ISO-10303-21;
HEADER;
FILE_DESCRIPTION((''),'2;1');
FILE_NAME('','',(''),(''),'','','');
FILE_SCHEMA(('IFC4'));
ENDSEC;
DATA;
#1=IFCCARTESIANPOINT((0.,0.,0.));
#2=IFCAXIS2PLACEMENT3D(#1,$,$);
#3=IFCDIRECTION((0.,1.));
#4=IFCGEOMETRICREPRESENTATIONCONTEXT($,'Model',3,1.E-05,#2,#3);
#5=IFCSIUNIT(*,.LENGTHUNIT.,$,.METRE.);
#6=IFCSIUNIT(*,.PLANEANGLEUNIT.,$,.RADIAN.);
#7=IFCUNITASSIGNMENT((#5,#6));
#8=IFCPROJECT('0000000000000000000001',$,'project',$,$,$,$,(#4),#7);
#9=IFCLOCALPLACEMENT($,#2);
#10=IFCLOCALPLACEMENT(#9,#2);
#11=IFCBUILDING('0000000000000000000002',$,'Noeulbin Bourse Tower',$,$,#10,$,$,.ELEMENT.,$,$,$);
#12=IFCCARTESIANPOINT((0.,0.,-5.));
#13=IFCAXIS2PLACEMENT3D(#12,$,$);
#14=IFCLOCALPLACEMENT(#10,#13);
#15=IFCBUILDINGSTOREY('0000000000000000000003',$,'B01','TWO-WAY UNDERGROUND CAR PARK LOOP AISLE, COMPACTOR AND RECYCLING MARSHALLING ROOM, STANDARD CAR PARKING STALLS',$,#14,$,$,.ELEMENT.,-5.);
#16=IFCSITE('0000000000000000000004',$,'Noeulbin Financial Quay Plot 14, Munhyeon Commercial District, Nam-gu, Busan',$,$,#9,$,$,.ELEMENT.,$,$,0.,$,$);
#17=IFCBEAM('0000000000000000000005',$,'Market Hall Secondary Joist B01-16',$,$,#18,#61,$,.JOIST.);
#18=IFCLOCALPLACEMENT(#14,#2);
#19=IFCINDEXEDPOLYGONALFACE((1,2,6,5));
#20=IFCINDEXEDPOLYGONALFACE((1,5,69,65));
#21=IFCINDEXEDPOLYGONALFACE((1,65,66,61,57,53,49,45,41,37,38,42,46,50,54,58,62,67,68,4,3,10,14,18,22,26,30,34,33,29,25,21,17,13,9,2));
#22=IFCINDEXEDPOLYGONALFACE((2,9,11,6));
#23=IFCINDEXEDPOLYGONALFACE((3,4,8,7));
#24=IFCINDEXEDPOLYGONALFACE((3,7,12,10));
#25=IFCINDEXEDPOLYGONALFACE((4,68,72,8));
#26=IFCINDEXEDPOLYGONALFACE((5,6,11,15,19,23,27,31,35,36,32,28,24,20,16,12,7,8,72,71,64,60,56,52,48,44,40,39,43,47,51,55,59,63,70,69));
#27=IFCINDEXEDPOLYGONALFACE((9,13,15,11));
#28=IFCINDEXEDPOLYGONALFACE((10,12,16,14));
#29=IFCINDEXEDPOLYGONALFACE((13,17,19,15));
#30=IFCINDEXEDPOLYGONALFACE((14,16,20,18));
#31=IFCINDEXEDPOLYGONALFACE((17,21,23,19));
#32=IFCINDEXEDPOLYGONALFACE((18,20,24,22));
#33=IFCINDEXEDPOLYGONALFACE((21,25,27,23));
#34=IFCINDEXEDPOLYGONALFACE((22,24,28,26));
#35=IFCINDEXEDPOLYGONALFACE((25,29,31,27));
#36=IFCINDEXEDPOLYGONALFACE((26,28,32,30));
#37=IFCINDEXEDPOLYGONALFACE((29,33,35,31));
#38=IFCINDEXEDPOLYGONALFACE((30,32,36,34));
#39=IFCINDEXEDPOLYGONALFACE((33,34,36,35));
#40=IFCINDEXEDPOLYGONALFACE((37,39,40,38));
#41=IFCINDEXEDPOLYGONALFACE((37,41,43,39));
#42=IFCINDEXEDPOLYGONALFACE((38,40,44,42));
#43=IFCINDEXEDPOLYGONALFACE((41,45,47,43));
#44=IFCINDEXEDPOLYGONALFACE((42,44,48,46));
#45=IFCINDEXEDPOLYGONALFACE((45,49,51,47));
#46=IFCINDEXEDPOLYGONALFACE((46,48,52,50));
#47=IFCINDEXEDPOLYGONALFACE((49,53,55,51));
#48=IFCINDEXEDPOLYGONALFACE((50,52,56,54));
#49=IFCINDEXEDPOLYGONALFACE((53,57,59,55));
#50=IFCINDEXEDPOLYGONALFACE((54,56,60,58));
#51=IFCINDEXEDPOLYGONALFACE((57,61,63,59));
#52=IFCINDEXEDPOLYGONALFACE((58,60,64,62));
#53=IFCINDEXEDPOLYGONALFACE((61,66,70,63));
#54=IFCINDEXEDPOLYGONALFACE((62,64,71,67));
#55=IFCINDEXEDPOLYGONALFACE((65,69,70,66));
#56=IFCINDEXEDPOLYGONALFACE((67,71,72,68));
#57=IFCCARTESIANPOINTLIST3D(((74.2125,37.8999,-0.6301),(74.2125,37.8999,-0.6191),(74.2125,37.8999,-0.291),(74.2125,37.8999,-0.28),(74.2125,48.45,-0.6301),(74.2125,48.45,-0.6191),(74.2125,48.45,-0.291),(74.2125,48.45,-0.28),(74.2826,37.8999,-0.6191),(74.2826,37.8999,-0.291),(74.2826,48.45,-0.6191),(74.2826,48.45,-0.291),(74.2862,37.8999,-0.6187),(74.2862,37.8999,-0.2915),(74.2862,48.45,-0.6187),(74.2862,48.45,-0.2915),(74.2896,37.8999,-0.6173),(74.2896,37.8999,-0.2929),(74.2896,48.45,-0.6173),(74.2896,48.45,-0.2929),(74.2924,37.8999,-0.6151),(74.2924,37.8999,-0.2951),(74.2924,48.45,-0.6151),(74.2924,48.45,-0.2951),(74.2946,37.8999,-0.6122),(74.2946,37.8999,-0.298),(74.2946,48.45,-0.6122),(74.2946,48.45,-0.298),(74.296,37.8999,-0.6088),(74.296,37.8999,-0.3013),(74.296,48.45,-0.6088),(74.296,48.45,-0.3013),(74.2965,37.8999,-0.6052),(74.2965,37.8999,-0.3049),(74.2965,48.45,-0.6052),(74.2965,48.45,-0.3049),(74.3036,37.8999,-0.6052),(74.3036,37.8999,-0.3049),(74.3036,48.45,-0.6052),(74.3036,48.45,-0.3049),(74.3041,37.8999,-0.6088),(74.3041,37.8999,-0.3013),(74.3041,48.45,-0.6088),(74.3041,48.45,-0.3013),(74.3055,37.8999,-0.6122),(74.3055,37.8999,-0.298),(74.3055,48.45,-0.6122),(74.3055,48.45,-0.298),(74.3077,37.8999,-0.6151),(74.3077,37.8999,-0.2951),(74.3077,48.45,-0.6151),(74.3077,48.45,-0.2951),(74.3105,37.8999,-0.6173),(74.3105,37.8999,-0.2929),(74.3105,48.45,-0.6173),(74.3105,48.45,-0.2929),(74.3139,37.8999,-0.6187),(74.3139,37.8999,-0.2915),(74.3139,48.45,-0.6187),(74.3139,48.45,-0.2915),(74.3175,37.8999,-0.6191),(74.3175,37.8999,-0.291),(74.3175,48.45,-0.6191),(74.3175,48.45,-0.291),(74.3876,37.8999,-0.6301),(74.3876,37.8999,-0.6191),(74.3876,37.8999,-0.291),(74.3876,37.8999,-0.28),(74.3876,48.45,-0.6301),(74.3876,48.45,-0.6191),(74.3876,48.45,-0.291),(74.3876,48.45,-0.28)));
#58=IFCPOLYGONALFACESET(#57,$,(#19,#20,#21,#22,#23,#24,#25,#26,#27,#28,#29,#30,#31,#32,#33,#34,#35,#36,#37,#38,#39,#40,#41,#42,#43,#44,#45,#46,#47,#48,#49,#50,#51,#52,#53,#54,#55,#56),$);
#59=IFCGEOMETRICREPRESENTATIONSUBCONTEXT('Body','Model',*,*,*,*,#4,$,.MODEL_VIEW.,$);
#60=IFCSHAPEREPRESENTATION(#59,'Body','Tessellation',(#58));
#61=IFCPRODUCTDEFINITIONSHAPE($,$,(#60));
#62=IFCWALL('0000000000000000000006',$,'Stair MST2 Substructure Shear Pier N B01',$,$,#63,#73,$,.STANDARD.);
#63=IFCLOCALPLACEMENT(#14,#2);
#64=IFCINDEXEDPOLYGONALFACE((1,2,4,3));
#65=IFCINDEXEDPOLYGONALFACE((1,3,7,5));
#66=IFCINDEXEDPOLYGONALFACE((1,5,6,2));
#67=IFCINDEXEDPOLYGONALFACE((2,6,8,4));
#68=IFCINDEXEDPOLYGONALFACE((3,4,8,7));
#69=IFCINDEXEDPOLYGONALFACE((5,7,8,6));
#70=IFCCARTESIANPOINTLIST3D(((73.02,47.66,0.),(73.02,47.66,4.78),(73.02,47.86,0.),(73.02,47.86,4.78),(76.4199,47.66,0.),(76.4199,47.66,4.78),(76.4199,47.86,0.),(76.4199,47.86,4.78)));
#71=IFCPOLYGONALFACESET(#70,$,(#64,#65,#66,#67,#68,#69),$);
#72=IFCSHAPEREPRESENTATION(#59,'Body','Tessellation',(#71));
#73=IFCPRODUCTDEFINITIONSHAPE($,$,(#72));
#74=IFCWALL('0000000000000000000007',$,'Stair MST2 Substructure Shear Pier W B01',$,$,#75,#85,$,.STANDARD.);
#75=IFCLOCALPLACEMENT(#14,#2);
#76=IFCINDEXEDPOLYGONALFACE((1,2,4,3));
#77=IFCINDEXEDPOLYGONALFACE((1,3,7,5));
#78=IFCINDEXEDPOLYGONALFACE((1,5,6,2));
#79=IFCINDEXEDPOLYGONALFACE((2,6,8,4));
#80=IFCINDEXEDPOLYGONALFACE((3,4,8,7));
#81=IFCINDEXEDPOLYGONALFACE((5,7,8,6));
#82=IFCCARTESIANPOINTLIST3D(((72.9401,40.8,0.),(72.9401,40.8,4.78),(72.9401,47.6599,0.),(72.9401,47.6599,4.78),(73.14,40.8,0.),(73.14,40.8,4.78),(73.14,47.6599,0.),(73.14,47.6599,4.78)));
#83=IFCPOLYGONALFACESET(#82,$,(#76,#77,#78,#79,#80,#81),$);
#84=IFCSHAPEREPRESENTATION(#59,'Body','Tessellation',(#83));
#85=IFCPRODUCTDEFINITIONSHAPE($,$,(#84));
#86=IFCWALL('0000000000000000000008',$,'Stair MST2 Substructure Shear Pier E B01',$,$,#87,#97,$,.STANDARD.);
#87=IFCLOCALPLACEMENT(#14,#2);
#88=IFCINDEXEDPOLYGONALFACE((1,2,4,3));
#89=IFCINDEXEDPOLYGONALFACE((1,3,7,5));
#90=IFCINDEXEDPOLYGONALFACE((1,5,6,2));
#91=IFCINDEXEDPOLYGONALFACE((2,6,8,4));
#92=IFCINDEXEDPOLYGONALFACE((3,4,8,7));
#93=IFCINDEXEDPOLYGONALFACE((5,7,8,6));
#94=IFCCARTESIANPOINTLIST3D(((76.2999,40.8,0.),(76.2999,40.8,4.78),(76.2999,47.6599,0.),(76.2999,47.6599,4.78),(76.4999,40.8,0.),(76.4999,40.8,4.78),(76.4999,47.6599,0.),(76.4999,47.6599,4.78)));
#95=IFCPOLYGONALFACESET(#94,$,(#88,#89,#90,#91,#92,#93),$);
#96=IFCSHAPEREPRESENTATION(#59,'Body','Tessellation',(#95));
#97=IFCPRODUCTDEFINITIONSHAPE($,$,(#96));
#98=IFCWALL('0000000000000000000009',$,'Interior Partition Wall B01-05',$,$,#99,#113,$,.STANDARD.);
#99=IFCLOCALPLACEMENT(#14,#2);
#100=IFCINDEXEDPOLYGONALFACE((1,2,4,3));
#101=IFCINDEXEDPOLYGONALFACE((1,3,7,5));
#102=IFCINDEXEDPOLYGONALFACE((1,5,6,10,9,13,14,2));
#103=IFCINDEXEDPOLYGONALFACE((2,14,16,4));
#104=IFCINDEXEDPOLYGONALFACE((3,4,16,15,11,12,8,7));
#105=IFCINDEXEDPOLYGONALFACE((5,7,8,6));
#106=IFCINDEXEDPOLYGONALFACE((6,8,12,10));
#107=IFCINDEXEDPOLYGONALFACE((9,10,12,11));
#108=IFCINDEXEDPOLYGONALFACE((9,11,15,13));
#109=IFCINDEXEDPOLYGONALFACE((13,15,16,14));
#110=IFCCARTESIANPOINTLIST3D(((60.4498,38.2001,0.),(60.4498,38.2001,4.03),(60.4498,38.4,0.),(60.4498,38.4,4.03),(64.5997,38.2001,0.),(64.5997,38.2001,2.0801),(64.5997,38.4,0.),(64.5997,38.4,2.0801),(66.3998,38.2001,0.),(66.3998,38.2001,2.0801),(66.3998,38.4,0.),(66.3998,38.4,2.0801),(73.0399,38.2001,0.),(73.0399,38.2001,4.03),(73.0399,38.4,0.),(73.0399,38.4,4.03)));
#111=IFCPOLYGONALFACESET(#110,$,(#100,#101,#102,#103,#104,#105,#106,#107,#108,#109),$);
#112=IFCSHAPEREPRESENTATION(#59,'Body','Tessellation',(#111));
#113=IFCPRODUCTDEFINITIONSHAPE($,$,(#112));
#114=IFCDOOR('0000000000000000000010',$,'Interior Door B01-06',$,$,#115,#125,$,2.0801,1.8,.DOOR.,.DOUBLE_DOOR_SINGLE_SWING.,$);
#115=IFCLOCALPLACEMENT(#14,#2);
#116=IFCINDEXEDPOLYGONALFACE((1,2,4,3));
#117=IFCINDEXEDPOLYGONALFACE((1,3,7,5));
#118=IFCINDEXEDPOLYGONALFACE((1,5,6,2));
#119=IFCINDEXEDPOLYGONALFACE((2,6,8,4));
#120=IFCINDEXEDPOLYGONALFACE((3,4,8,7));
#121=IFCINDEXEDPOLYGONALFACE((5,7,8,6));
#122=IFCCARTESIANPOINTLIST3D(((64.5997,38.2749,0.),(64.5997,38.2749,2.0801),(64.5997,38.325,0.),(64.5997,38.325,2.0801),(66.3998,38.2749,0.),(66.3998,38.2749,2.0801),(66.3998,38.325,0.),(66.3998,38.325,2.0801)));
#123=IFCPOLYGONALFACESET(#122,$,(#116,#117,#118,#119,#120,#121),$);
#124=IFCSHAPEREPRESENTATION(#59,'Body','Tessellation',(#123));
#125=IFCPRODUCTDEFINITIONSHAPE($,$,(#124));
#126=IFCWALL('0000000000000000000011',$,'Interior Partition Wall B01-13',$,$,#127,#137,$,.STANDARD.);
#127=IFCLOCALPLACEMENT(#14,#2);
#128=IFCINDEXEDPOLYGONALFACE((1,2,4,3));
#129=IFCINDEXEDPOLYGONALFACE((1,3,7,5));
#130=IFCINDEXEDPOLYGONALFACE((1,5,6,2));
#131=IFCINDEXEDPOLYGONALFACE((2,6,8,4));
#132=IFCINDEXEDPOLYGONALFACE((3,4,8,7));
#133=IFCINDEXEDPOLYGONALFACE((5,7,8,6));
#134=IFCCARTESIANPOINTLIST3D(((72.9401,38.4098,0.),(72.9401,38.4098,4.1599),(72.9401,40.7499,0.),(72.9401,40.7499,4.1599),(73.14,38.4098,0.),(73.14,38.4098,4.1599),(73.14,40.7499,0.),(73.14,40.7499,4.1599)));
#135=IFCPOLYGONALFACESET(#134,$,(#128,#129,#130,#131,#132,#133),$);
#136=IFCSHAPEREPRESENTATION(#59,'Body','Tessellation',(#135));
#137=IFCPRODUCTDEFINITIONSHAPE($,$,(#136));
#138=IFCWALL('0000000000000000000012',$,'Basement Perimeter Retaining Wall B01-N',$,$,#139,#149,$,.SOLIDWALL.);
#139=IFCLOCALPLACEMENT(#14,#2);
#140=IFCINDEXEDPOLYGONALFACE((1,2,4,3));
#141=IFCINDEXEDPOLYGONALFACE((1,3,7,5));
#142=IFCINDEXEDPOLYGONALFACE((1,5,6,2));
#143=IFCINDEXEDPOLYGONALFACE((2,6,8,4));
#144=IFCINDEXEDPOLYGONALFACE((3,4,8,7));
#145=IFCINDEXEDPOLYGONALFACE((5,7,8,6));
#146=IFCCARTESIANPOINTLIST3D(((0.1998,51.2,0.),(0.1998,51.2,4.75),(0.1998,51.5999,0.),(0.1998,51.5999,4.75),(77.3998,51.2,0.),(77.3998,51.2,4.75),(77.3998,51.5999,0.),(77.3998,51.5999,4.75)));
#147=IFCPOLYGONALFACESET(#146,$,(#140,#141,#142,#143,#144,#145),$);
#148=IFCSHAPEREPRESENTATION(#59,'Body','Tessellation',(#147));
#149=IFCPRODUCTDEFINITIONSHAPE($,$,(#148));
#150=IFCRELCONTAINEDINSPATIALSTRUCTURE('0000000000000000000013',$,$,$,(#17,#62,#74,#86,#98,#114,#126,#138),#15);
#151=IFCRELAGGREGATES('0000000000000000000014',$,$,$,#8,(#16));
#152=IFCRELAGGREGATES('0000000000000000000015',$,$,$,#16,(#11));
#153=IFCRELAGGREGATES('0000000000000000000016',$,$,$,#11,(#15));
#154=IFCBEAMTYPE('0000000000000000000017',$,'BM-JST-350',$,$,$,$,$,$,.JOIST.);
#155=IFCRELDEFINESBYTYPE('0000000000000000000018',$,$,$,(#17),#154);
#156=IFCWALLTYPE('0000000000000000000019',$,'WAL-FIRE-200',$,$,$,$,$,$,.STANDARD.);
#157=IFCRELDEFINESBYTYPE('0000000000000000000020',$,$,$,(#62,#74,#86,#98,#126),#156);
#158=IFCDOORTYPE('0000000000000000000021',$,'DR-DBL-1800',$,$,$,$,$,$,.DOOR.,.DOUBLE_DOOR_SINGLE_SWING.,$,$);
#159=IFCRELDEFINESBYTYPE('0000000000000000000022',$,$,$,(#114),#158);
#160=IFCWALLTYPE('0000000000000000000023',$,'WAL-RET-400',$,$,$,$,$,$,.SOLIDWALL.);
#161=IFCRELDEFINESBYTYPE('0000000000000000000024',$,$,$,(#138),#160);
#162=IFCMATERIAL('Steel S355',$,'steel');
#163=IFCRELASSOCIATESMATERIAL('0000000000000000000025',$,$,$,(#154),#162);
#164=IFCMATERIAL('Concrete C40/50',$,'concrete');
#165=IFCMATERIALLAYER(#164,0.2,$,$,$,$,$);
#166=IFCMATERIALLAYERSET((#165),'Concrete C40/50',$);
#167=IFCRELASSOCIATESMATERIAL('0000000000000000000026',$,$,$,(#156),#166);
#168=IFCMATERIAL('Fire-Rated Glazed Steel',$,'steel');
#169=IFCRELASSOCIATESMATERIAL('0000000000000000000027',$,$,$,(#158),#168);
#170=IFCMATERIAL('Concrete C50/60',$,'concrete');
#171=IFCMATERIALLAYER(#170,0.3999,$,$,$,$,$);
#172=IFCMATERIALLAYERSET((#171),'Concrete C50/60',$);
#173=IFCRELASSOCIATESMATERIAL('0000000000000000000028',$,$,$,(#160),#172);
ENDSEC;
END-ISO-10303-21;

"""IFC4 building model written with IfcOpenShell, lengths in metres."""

from ifc_helpers import new_model, si_unit, direction, frame, frame_2d, origin, origin_2d, place, context, subcontext, project, spatial, rectangle, i_section, extrude, material, layer, layer_set, material_profile, profile_set, type_object, element, fill, save


model = new_model("IFC4")

# Units and contexts
model_context = context("Model", 3, precision=1e-05, world=origin(), true_north=direction((0.0, 1.0)))
body_context = subcontext(model_context, "Body", "Model", "MODEL_VIEW")
ifc_project = project(units=[si_unit("LENGTHUNIT", "METRE"), si_unit("PLANEANGLEUNIT", "RADIAN")], contexts=[model_context])

# Site, building, storey
site_placement = place(None, origin())
site = spatial("IfcSite", under=ifc_project, at=site_placement, Name="Noeulbin Financial Quay Plot 14, Munhyeon Commercial District, Nam-gu, Busan", CompositionType="ELEMENT", RefElevation=0.0)
building_placement = place(site_placement, origin())
building = spatial("IfcBuilding", under=site, at=building_placement, Name="Noeulbin Bourse Tower", CompositionType="ELEMENT")
storey_placement = place(building_placement, frame((0.0, 0.0, -5.0)))
storey = spatial("IfcBuildingStorey", under=building, at=storey_placement, Name="B01", Description="TWO-WAY UNDERGROUND CAR PARK LOOP AISLE, COMPACTOR AND RECYCLING MARSHALLING ROOM, STANDARD CAR PARKING STALLS", CompositionType="ELEMENT", Elevation=-5.0)

# Shared definitions
ifc_material_1 = material(Name="Concrete C40/50", Category="concrete")
ifc_material_2 = material(Name="Concrete C50/60", Category="concrete")

# Beam
ifc_material_3 = material(Name="Steel S355", Category="steel")
ifc_material_profile_1 = material_profile(ifc_material_3, i_section(OverallWidth=0.175, OverallDepth=0.3501, WebThickness=0.0071, FlangeThickness=0.011, FilletRadius=0.0139, at=origin_2d()), Name="H-350x175x7x11", Category="LoadBearing")
ifc_profile_set_1 = profile_set([ifc_material_profile_1], Name="Steel S355")
beam_type_1 = type_object("IfcBeamType", Name="BM-JST-350", PredefinedType="JOIST", material=ifc_profile_set_1)
for number, where, z_axis, x_axis, name in (
    (1, (74.3, 37.8999, -0.4551), (0.0, 1.0, 0.0), (-1.0, 0.0, 0.0), "Market Hall Secondary Joist B01-16"),
):
    element("IfcBeam", number, at=place(storey_placement, frame(where, z_axis=z_axis, x_axis=x_axis)), inside=storey, type_object=beam_type_1, Name=name, PredefinedType="JOIST", context=body_context, shape_type="SweptSolid", body=[
        extrude(i_section(OverallWidth=0.175, OverallDepth=0.3501, WebThickness=0.0071, FlangeThickness=0.011, FilletRadius=0.0139, at=origin_2d()), origin(), (0.0, 0.0, 1.0), 10.55),
    ])

# Walls
ifc_layer_1 = layer(ifc_material_1, 0.2)
ifc_layer_set_1 = layer_set([ifc_layer_1], Name="Concrete C40/50")
wall_type_1 = type_object("IfcWallType", Name="WAL-FIRE-200", PredefinedType="STANDARD", material=ifc_layer_set_1)
wall_1_placement = place(storey_placement, frame((73.02, 47.76, 0.0), z_axis=(0.0, 0.0, 1.0), x_axis=(1.0, 0.0, 0.0)))
element("IfcWall", 2, at=wall_1_placement, inside=storey, type_object=wall_type_1, Name="Stair MST2 Substructure Shear Pier N B01", PredefinedType="STANDARD", context=body_context, shape_type="SweptSolid", body=[
    extrude(rectangle(XDim=3.3999, YDim=0.2, at=frame_2d((1.7, 0.0))), origin(), (0.0, 0.0, 1.0), 4.78),
])
for number, where, z_axis, x_axis, name in (
    (3, (73.04, 40.8, 0.0), (0.0, 0.0, 1.0), (0.0, 1.0, 0.0), "Stair MST2 Substructure Shear Pier W B01"),
    (4, (76.3999, 40.8, 0.0), (0.0, 0.0, 1.0), (0.0, 1.0, 0.0), "Stair MST2 Substructure Shear Pier E B01"),
):
    element("IfcWall", number, at=place(storey_placement, frame(where, z_axis=z_axis, x_axis=x_axis)), inside=storey, type_object=wall_type_1, Name=name, PredefinedType="STANDARD", context=body_context, shape_type="SweptSolid", body=[
        extrude(rectangle(XDim=6.8599, YDim=0.2, at=frame_2d((3.4299, 0.0))), origin(), (0.0, 0.0, 1.0), 4.78),
    ])

# Wall, opening, door
wall_2_placement = place(storey_placement, frame((60.45, 38.3, 0.0), z_axis=(0.0, 0.0, 1.0), x_axis=(1.0, 0.0, 0.0)))
wall_2 = element("IfcWall", 5, at=wall_2_placement, inside=storey, type_object=wall_type_1, Name="Interior Partition Wall B01-05", PredefinedType="STANDARD", context=body_context, shape_type="SweptSolid", body=[
    extrude(rectangle(XDim=12.5901, YDim=0.2, at=frame_2d((6.2949, 0.0))), origin(), (0.0, 0.0, 1.0), 4.03),
])
opening_placement = place(wall_2_placement, frame((4.1499, 0.0, 0.0)))
opening = element("IfcOpeningElement", 6, at=opening_placement, cuts=wall_2, PredefinedType="OPENING", context=body_context, shape_type="SweptSolid", body=[
    extrude(rectangle(XDim=1.8, YDim=2.0801, at=frame_2d((0.8999, 1.04))), frame((0.0, 0.1099, 0.0), z_axis=(0.0, -1.0, 0.0), x_axis=(1.0, 0.0, 0.0)), (0.0, 0.0, 1.0), 0.22),
])
ifc_material_4 = material(Name="Fire-Rated Glazed Steel", Category="steel")
door_type = type_object("IfcDoorType", Name="DR-DBL-1800", OperationType="DOUBLE_DOOR_SINGLE_SWING", PredefinedType="DOOR", material=ifc_material_4)
door_placement = place(opening_placement, origin())
door = element("IfcDoor", 7, at=door_placement, inside=storey, type_object=door_type, Name="Interior Door B01-06", OperationType="DOUBLE_DOOR_SINGLE_SWING", OverallHeight=2.0801, OverallWidth=1.8, PredefinedType="DOOR", context=body_context, shape_type="SweptSolid", body=[
    extrude(rectangle(XDim=1.8, YDim=2.0801, at=frame_2d((0.8999, 1.04))), frame((0.0, 0.0249, 0.0), z_axis=(0.0, -1.0, 0.0), x_axis=(1.0, 0.0, 0.0)), (0.0, 0.0, 1.0), 0.05),
])
fill(opening, door)

# Walls
wall_3_placement = place(storey_placement, frame((73.04, 38.4099, 0.0), z_axis=(0.0, 0.0, 1.0), x_axis=(0.0, 1.0, 0.0)))
element("IfcWall", 8, at=wall_3_placement, inside=storey, type_object=wall_type_1, Name="Interior Partition Wall B01-13", PredefinedType="STANDARD", context=body_context, shape_type="SweptSolid", body=[
    extrude(rectangle(XDim=2.3401, YDim=0.2, at=frame_2d((1.1699, 0.0))), origin(), (0.0, 0.0, 1.0), 4.1599),
])
ifc_layer_2 = layer(ifc_material_2, 0.3999)
ifc_layer_set_2 = layer_set([ifc_layer_2], Name="Concrete C50/60")
wall_type_2 = type_object("IfcWallType", Name="WAL-RET-400", PredefinedType="SOLIDWALL", material=ifc_layer_set_2)
wall_4_placement = place(storey_placement, frame((77.3999, 51.3999, 0.0), z_axis=(0.0, 0.0, 1.0), x_axis=(-1.0, 0.0, 0.0)))
element("IfcWall", 9, at=wall_4_placement, inside=storey, type_object=wall_type_2, Name="Basement Perimeter Retaining Wall B01-N", PredefinedType="SOLIDWALL", context=body_context, shape_type="SweptSolid", body=[
    extrude(rectangle(XDim=77.2, YDim=0.3999, at=frame_2d((38.6001, 0.0))), origin(), (0.0, 0.0, 1.0), 4.75),
])

save(model, "model.ifc")
